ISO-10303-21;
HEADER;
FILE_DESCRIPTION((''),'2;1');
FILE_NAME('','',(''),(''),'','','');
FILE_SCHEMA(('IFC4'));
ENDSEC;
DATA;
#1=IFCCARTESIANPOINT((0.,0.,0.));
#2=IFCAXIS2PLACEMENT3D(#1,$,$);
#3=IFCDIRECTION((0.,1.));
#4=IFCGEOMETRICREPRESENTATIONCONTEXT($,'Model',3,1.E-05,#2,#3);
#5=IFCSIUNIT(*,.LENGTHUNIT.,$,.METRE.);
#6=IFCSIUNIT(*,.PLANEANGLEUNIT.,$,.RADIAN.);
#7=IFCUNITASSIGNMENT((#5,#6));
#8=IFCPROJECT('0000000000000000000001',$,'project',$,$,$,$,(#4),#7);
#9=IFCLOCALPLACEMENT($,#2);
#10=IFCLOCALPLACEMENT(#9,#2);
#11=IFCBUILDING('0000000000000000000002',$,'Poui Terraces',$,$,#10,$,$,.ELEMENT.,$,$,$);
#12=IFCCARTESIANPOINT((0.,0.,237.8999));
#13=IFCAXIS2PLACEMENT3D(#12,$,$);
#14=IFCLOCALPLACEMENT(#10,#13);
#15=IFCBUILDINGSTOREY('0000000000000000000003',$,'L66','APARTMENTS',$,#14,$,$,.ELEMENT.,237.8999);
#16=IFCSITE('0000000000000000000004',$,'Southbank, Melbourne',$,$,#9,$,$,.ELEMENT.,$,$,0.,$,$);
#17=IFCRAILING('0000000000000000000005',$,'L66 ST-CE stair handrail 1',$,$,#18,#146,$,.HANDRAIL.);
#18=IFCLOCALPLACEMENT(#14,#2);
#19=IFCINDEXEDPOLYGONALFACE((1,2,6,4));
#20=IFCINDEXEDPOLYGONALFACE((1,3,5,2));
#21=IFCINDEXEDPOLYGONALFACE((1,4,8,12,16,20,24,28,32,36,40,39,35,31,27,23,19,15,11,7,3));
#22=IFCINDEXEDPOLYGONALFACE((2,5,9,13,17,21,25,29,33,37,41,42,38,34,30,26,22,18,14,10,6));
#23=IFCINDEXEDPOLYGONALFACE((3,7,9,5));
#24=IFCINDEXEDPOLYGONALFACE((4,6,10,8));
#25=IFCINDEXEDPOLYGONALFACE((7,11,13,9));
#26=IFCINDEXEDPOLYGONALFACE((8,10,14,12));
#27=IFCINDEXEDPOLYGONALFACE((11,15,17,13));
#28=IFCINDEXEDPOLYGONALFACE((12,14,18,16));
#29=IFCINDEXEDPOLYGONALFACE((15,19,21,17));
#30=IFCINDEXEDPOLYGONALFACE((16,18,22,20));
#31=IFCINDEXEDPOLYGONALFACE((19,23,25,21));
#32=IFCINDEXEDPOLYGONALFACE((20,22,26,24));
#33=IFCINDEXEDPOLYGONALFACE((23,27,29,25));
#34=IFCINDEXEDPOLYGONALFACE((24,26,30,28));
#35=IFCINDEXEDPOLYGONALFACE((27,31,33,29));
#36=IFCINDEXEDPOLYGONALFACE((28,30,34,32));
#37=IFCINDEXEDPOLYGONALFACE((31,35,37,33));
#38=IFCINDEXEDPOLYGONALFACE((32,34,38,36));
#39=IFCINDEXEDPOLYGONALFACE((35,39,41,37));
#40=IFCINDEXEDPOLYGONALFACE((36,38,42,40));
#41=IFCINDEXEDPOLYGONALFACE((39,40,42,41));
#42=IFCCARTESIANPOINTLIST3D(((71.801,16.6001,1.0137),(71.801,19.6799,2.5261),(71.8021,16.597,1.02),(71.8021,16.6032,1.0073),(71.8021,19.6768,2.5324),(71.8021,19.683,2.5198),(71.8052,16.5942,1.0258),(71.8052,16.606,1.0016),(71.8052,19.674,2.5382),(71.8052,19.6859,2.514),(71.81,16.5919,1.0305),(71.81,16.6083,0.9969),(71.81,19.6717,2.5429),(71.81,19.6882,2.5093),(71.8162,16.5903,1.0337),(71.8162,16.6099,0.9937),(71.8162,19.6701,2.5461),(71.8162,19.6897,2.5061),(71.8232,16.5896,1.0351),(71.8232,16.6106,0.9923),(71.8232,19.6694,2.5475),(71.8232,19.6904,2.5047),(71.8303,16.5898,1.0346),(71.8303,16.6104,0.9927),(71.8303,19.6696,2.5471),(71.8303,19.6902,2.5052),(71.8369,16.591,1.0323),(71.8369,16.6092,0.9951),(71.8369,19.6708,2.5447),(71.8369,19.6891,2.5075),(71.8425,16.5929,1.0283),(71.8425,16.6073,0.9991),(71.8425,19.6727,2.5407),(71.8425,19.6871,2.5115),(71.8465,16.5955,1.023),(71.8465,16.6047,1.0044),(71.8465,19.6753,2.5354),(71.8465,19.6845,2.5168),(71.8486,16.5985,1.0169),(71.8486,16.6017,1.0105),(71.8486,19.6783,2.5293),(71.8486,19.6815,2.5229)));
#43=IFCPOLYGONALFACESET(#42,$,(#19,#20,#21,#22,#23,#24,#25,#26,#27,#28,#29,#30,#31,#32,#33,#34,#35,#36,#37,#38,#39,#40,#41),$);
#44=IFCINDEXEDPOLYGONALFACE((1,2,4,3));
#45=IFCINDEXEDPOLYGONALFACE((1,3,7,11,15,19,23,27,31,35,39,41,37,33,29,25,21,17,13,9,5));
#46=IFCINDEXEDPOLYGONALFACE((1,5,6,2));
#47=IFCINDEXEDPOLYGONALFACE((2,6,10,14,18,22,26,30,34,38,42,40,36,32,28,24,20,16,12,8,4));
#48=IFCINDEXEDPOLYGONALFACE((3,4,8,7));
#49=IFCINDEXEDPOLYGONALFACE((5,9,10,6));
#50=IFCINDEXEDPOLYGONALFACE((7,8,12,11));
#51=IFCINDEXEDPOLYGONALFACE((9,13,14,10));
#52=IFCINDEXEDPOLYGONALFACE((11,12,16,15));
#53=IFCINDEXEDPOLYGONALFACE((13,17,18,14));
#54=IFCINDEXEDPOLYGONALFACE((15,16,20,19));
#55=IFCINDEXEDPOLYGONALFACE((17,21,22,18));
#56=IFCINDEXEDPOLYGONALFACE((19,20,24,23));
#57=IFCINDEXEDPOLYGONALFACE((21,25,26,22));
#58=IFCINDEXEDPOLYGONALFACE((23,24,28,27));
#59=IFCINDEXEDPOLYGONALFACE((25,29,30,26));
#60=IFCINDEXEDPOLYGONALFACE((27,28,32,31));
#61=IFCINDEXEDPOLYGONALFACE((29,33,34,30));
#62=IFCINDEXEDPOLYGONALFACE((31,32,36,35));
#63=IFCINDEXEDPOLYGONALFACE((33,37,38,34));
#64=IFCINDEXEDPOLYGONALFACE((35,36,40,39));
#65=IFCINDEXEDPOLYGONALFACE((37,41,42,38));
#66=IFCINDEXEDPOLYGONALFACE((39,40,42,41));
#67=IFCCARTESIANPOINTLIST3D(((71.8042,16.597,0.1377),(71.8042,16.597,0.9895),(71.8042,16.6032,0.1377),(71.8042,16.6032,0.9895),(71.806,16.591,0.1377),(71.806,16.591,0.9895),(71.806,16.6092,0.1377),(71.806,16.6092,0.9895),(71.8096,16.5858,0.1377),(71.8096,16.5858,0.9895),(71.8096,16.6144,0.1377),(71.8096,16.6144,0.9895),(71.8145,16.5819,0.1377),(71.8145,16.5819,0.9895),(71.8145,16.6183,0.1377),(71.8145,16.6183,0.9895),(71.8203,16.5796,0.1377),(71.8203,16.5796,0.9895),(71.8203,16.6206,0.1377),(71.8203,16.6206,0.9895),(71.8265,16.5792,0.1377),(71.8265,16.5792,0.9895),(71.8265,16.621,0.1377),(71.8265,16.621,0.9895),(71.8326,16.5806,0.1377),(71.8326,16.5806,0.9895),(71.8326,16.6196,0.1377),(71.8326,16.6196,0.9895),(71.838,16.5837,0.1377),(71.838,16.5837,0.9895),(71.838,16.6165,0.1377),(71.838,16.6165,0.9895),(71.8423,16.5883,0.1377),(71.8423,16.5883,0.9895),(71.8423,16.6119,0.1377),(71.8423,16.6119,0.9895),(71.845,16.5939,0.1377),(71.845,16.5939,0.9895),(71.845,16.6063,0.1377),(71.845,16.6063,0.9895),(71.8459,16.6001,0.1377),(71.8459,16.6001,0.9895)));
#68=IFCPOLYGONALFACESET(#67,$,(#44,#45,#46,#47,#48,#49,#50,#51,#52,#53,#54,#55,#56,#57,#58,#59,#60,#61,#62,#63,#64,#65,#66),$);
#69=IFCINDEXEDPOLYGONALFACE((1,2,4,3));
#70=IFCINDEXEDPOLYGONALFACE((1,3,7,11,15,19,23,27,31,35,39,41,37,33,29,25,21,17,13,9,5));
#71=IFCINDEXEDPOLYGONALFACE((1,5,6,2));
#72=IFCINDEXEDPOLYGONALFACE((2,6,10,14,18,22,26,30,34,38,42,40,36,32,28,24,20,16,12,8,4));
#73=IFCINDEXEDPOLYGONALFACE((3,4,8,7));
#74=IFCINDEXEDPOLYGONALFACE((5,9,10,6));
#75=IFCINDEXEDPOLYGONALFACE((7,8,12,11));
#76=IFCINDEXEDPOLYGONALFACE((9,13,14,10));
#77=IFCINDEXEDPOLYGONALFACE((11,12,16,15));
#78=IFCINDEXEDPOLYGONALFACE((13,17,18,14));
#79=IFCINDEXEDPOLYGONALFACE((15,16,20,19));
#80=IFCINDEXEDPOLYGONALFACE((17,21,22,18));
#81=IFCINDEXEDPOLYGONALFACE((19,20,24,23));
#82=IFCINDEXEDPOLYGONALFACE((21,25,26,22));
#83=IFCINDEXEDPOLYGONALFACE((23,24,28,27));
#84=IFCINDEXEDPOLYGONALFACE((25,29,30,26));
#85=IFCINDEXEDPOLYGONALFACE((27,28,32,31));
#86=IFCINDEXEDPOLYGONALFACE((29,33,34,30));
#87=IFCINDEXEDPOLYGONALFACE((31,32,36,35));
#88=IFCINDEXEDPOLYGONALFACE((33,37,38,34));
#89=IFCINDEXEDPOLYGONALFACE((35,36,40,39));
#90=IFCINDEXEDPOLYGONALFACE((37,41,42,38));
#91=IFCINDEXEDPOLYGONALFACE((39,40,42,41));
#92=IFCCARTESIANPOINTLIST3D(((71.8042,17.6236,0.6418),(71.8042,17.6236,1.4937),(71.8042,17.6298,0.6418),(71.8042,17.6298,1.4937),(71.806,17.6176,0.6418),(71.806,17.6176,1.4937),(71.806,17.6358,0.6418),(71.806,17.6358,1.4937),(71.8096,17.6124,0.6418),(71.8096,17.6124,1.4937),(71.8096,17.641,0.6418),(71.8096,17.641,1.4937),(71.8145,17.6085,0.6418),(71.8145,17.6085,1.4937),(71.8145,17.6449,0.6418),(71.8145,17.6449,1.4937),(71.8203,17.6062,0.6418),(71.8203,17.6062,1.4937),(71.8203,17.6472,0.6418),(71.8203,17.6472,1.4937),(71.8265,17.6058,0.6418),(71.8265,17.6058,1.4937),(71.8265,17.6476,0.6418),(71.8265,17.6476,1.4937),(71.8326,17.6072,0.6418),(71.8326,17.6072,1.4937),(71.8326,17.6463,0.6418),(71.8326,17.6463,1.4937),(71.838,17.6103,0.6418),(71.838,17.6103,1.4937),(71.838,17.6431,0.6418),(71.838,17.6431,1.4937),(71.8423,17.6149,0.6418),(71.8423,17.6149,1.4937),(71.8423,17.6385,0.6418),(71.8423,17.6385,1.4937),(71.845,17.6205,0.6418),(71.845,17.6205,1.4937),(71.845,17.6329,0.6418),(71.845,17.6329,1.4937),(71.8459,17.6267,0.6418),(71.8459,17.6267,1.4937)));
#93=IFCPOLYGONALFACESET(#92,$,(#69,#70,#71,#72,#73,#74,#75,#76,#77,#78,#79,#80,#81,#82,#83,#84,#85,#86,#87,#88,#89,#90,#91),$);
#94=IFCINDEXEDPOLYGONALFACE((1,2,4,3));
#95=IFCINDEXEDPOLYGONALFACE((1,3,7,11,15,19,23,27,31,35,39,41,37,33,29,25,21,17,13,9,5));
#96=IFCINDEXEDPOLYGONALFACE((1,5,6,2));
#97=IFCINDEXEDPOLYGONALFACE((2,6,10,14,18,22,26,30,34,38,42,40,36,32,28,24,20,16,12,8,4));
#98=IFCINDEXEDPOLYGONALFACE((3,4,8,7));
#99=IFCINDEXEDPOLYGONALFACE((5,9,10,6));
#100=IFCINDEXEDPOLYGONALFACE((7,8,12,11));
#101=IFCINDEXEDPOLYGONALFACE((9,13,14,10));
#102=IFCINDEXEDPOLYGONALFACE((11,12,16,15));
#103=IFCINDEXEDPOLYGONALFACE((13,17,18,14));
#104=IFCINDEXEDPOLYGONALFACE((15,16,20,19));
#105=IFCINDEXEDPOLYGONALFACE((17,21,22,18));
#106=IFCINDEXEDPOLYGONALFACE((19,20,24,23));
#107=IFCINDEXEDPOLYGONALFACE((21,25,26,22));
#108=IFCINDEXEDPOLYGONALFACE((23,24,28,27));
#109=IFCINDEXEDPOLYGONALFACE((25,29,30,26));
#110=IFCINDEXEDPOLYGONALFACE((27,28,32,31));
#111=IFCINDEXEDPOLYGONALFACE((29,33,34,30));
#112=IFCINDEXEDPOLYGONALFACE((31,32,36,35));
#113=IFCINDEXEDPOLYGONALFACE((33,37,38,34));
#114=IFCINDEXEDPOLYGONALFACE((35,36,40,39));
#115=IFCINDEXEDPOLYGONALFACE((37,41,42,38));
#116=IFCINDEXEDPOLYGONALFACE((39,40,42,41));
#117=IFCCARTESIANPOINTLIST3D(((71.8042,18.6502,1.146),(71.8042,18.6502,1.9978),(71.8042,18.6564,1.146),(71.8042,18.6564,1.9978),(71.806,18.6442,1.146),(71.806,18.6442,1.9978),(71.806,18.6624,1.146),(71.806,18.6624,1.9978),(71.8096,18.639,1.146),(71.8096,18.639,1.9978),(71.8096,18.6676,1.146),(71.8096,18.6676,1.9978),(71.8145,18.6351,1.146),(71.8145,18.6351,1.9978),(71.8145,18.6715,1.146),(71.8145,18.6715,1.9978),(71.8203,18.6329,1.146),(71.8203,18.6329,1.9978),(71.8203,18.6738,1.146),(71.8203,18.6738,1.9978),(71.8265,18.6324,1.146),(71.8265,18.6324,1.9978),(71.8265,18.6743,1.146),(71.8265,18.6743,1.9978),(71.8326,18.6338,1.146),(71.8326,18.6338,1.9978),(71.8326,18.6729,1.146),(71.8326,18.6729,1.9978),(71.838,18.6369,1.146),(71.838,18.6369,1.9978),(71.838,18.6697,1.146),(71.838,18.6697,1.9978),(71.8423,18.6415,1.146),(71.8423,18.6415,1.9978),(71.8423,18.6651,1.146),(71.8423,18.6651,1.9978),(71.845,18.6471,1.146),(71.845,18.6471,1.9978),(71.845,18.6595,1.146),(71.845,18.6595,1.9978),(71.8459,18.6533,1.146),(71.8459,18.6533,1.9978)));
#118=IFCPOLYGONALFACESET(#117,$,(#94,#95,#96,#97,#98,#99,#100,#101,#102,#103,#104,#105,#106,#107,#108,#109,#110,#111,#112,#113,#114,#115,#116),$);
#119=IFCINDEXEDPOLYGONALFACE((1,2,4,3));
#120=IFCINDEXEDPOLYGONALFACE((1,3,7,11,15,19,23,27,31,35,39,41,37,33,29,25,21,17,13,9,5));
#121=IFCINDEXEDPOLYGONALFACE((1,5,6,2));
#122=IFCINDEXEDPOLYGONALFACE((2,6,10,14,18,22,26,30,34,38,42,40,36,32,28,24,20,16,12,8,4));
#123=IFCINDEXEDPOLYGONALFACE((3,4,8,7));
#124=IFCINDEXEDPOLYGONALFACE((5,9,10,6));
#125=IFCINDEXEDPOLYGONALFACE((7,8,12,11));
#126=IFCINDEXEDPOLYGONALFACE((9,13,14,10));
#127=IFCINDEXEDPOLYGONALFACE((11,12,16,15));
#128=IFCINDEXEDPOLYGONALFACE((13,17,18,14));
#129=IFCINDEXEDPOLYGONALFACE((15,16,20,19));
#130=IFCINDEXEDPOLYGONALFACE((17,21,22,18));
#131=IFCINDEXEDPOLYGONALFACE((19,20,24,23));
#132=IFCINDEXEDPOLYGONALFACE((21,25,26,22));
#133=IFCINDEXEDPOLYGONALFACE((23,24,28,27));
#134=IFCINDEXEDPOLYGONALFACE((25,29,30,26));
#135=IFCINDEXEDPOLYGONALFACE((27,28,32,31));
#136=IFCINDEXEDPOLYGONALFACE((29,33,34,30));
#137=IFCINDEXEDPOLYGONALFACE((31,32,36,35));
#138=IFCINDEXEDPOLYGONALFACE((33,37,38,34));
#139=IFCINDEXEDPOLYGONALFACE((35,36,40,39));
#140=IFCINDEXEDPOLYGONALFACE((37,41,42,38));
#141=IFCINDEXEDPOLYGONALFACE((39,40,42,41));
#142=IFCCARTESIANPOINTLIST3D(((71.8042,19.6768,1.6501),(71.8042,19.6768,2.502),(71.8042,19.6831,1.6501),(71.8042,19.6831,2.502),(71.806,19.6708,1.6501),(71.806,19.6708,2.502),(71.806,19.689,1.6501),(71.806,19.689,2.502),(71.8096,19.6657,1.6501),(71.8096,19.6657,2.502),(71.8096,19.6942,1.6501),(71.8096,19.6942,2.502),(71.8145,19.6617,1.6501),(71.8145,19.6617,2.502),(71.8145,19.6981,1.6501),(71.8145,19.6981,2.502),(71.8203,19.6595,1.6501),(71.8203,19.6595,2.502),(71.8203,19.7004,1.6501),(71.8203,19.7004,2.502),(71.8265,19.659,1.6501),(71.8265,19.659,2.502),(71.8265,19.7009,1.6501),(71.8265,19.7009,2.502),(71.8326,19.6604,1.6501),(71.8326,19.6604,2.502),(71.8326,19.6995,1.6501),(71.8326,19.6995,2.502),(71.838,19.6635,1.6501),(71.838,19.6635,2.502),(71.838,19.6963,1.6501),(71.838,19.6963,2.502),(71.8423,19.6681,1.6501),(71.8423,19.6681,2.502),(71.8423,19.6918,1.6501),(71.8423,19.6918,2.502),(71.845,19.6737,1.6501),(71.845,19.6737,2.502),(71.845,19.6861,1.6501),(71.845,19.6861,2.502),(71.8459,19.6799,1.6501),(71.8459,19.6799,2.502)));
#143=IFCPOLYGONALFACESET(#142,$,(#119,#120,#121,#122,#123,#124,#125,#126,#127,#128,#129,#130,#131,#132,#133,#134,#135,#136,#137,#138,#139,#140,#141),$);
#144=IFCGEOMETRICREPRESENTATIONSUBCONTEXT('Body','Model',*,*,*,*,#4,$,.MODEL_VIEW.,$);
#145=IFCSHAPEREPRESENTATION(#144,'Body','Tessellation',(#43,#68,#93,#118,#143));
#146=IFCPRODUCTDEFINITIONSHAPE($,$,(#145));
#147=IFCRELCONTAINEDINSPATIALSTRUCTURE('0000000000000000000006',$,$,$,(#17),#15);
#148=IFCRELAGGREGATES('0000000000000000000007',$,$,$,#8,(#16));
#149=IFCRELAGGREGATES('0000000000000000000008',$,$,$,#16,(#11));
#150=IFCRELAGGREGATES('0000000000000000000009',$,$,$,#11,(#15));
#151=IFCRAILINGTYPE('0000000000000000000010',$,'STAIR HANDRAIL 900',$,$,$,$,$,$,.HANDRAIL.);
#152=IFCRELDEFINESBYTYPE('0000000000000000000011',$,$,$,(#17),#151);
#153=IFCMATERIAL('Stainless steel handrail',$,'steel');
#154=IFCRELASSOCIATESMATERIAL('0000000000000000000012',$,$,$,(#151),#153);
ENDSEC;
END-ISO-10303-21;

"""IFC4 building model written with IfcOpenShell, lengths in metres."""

from ifc_helpers import new_model, si_unit, direction, frame, origin, origin_2d, place, context, subcontext, project, spatial, circle, extrude, material, type_object, element, save


model = new_model("IFC4")

# Units and contexts
model_context = context("Model", 3, precision=1e-05, world=origin(), true_north=direction((0.0, 1.0)))
body_context = subcontext(model_context, "Body", "Model", "MODEL_VIEW")
ifc_project = project(units=[si_unit("LENGTHUNIT", "METRE"), si_unit("PLANEANGLEUNIT", "RADIAN")], contexts=[model_context])

# Site, building, storey
site_placement = place(None, origin())
site = spatial("IfcSite", under=ifc_project, at=site_placement, Name="Southbank, Melbourne", CompositionType="ELEMENT", RefElevation=0.0)
building_placement = place(site_placement, origin())
building = spatial("IfcBuilding", under=site, at=building_placement, Name="Poui Terraces", CompositionType="ELEMENT")
storey_placement = place(building_placement, frame((0.0, 0.0, 237.8999)))
storey = spatial("IfcBuildingStorey", under=building, at=storey_placement, Name="L66", Description="APARTMENTS", CompositionType="ELEMENT", Elevation=237.8999)

# Railing
ifc_material_1 = material(Name="Stainless steel handrail", Category="steel")
railing_type_1 = type_object("IfcRailingType", Name="STAIR HANDRAIL 900", PredefinedType="HANDRAIL", material=ifc_material_1)
railing_1_placement = place(storey_placement, frame((71.825, 16.6001, 0.1377)))
element("IfcRailing", 1, at=railing_1_placement, inside=storey, type_object=railing_type_1, Name="L66 ST-CE stair handrail 1", PredefinedType="HANDRAIL", context=body_context, shape_type="SweptSolid", body=[
    extrude(circle(Radius=0.0239, at=origin_2d()), frame((0.0, 0.0, 0.876), z_axis=(0.0, 0.897606, 0.440798), x_axis=(-1.0, 0.0, 0.0)), (0.0, 0.0, 1.0), 3.4312),
    extrude(circle(Radius=0.021, at=origin_2d()), origin(), (0.0, 0.0, 1.0), 0.8518),
    extrude(circle(Radius=0.021, at=origin_2d()), frame((0.0, 1.0266, 0.5042)), (0.0, 0.0, 1.0), 0.8518),
    extrude(circle(Radius=0.021, at=origin_2d()), frame((0.0, 2.0532, 1.0083)), (0.0, 0.0, 1.0), 0.8518),
    extrude(circle(Radius=0.021, at=origin_2d()), frame((0.0, 3.0798, 1.5125)), (0.0, 0.0, 1.0), 0.8518),
])

save(model, "model.ifc")
